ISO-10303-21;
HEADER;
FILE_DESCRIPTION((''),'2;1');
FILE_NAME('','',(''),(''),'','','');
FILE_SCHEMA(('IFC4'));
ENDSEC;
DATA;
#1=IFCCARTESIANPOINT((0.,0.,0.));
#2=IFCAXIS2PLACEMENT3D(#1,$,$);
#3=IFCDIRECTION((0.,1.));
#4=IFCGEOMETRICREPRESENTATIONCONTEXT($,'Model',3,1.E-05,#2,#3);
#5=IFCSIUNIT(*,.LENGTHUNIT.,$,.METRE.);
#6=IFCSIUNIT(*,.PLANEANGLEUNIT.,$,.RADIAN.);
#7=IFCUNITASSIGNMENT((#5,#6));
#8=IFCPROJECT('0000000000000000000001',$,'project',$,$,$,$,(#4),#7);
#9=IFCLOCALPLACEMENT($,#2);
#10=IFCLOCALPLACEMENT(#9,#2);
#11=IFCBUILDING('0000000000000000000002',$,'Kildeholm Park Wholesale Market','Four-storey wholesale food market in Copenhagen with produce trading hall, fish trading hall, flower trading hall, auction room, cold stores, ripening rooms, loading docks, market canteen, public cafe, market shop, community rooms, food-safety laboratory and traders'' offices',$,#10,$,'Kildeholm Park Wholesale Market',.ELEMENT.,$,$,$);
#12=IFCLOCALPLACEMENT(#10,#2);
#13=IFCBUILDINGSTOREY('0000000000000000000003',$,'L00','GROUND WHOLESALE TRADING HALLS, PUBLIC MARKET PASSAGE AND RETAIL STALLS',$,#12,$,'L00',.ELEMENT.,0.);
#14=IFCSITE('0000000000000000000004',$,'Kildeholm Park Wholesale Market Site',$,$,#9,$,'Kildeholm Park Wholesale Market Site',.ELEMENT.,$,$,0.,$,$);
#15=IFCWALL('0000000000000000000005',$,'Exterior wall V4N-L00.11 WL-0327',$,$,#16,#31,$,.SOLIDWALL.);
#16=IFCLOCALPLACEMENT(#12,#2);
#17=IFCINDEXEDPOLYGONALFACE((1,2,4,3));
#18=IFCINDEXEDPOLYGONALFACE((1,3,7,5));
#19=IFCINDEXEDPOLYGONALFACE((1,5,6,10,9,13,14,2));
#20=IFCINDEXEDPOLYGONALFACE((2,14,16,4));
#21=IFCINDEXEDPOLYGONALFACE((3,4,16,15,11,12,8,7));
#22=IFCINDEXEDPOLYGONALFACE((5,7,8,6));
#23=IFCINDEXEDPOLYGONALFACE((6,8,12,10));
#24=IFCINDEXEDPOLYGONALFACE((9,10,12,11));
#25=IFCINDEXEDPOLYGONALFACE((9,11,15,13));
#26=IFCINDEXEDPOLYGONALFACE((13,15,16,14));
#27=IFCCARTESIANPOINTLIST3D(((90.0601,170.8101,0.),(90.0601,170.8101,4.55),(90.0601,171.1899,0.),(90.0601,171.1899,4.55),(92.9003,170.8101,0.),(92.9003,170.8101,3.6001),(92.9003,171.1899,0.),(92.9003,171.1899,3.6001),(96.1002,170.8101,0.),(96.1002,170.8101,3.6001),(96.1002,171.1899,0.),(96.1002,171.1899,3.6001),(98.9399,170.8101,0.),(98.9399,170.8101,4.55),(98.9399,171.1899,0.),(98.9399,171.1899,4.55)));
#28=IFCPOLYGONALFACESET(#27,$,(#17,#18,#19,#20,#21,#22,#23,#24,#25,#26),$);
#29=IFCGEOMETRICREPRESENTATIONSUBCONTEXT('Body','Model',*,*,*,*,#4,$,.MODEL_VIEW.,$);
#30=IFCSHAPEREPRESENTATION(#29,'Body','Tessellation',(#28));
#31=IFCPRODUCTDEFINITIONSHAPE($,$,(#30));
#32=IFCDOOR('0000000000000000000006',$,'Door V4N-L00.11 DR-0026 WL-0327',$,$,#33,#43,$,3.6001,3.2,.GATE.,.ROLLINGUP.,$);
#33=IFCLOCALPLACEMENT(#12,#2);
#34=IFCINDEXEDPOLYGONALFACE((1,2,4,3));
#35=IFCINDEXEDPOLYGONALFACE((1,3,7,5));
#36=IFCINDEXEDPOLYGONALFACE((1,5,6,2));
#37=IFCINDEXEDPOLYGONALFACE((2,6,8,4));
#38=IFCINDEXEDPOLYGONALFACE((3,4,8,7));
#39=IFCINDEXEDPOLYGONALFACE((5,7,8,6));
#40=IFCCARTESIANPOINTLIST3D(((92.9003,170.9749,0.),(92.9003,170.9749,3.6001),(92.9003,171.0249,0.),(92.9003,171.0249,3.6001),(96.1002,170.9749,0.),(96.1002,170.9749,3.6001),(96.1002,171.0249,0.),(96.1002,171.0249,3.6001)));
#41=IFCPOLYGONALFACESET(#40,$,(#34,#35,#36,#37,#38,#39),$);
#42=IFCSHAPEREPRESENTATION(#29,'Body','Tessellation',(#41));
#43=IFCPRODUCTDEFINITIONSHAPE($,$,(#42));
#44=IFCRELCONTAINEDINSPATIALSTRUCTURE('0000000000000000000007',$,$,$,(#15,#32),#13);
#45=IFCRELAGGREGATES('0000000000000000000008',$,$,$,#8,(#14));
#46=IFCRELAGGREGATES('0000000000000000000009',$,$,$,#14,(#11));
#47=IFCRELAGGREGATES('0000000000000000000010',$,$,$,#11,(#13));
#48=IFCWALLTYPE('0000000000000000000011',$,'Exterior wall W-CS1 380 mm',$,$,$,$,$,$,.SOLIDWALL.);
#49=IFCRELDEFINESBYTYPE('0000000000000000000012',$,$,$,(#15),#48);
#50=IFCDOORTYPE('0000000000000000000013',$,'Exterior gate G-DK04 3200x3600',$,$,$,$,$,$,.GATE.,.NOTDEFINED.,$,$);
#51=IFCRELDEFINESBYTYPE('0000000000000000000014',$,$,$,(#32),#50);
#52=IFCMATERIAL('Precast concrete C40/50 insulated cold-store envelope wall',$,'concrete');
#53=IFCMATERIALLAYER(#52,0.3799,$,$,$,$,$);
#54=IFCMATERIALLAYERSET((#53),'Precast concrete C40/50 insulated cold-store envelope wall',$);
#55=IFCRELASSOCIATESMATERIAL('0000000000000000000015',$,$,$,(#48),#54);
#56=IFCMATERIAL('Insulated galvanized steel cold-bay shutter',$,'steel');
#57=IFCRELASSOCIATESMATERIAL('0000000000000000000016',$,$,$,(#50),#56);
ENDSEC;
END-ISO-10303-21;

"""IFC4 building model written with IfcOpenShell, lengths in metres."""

from ifc_helpers import new_model, si_unit, direction, frame, frame_2d, origin, place, context, subcontext, project, spatial, rectangle, extrude, material, layer, layer_set, type_object, element, fill, save


model = new_model("IFC4")

# Units and contexts
model_context = context("Model", 3, precision=1e-05, world=origin(), true_north=direction((0.0, 1.0)))
body_context = subcontext(model_context, "Body", "Model", "MODEL_VIEW")
ifc_project = project(units=[si_unit("LENGTHUNIT", "METRE"), si_unit("PLANEANGLEUNIT", "RADIAN")], contexts=[model_context])

# Site, building, storey
site_placement = place(None, origin())
site = spatial("IfcSite", under=ifc_project, at=site_placement, Name="Kildeholm Park Wholesale Market Site", LongName="Kildeholm Park Wholesale Market Site", CompositionType="ELEMENT", RefElevation=0.0)
building_placement = place(site_placement, origin())
building = spatial("IfcBuilding", under=site, at=building_placement, Name="Kildeholm Park Wholesale Market", Description="Four-storey wholesale food market in Copenhagen with produce trading hall, fish trading hall, flower trading hall, auction room, cold stores, ripening rooms, loading docks, market canteen, public cafe, market shop, community rooms, food-safety laboratory and traders' offices", LongName="Kildeholm Park Wholesale Market", CompositionType="ELEMENT")
storey_placement = place(building_placement, origin())
storey = spatial("IfcBuildingStorey", under=building, at=storey_placement, Name="L00", Description="GROUND WHOLESALE TRADING HALLS, PUBLIC MARKET PASSAGE AND RETAIL STALLS", LongName="L00", CompositionType="ELEMENT", Elevation=0.0)

# Wall, opening, door
ifc_material_1 = material(Name="Precast concrete C40/50 insulated cold-store envelope wall", Category="concrete")
ifc_layer = layer(ifc_material_1, 0.3799)
ifc_layer_set = layer_set([ifc_layer], Name="Precast concrete C40/50 insulated cold-store envelope wall")
wall_type = type_object("IfcWallType", Name="Exterior wall W-CS1 380 mm", PredefinedType="SOLIDWALL", material=ifc_layer_set)
wall_1_placement = place(storey_placement, frame((90.0601, 171.0, 0.0), z_axis=(0.0, 0.0, 1.0), x_axis=(1.0, 0.0, 0.0)))
wall_1 = element("IfcWall", 1, at=wall_1_placement, inside=storey, type_object=wall_type, Name="Exterior wall V4N-L00.11 WL-0327", PredefinedType="SOLIDWALL", context=body_context, shape_type="SweptSolid", body=[
    extrude(rectangle(XDim=8.8799, YDim=0.3799, at=frame_2d((4.4399, 0.0))), origin(), (0.0, 0.0, 1.0), 4.55),
])
opening_1_placement = place(wall_1_placement, frame((2.8401, 0.0, 0.0)))
opening_1 = element("IfcOpeningElement", 2, at=opening_1_placement, cuts=wall_1, PredefinedType="OPENING", context=body_context, shape_type="SweptSolid", body=[
    extrude(rectangle(XDim=3.2, YDim=3.6001, at=frame_2d((1.6001, 1.8))), frame((0.0, 0.2, 0.0), z_axis=(0.0, -1.0, 0.0), x_axis=(1.0, 0.0, 0.0)), (0.0, 0.0, 1.0), 0.3999),
])
ifc_material_2 = material(Name="Insulated galvanized steel cold-bay shutter", Category="steel")
door_type_1 = type_object("IfcDoorType", Name="Exterior gate G-DK04 3200x3600", OperationType="NOTDEFINED", PredefinedType="GATE", material=ifc_material_2)
door_1_placement = place(opening_1_placement, origin())
door_1 = element("IfcDoor", 3, at=door_1_placement, inside=storey, type_object=door_type_1, Name="Door V4N-L00.11 DR-0026 WL-0327", OperationType="ROLLINGUP", OverallHeight=3.6001, OverallWidth=3.2, PredefinedType="GATE", context=body_context, shape_type="SweptSolid", body=[
    extrude(rectangle(XDim=3.2, YDim=3.6001, at=frame_2d((1.6001, 1.8))), frame((0.0, 0.0249, 0.0), z_axis=(0.0, -1.0, 0.0), x_axis=(1.0, 0.0, 0.0)), (0.0, 0.0, 1.0), 0.05),
])
fill(opening_1, door_1)

save(model, "model.ifc")
